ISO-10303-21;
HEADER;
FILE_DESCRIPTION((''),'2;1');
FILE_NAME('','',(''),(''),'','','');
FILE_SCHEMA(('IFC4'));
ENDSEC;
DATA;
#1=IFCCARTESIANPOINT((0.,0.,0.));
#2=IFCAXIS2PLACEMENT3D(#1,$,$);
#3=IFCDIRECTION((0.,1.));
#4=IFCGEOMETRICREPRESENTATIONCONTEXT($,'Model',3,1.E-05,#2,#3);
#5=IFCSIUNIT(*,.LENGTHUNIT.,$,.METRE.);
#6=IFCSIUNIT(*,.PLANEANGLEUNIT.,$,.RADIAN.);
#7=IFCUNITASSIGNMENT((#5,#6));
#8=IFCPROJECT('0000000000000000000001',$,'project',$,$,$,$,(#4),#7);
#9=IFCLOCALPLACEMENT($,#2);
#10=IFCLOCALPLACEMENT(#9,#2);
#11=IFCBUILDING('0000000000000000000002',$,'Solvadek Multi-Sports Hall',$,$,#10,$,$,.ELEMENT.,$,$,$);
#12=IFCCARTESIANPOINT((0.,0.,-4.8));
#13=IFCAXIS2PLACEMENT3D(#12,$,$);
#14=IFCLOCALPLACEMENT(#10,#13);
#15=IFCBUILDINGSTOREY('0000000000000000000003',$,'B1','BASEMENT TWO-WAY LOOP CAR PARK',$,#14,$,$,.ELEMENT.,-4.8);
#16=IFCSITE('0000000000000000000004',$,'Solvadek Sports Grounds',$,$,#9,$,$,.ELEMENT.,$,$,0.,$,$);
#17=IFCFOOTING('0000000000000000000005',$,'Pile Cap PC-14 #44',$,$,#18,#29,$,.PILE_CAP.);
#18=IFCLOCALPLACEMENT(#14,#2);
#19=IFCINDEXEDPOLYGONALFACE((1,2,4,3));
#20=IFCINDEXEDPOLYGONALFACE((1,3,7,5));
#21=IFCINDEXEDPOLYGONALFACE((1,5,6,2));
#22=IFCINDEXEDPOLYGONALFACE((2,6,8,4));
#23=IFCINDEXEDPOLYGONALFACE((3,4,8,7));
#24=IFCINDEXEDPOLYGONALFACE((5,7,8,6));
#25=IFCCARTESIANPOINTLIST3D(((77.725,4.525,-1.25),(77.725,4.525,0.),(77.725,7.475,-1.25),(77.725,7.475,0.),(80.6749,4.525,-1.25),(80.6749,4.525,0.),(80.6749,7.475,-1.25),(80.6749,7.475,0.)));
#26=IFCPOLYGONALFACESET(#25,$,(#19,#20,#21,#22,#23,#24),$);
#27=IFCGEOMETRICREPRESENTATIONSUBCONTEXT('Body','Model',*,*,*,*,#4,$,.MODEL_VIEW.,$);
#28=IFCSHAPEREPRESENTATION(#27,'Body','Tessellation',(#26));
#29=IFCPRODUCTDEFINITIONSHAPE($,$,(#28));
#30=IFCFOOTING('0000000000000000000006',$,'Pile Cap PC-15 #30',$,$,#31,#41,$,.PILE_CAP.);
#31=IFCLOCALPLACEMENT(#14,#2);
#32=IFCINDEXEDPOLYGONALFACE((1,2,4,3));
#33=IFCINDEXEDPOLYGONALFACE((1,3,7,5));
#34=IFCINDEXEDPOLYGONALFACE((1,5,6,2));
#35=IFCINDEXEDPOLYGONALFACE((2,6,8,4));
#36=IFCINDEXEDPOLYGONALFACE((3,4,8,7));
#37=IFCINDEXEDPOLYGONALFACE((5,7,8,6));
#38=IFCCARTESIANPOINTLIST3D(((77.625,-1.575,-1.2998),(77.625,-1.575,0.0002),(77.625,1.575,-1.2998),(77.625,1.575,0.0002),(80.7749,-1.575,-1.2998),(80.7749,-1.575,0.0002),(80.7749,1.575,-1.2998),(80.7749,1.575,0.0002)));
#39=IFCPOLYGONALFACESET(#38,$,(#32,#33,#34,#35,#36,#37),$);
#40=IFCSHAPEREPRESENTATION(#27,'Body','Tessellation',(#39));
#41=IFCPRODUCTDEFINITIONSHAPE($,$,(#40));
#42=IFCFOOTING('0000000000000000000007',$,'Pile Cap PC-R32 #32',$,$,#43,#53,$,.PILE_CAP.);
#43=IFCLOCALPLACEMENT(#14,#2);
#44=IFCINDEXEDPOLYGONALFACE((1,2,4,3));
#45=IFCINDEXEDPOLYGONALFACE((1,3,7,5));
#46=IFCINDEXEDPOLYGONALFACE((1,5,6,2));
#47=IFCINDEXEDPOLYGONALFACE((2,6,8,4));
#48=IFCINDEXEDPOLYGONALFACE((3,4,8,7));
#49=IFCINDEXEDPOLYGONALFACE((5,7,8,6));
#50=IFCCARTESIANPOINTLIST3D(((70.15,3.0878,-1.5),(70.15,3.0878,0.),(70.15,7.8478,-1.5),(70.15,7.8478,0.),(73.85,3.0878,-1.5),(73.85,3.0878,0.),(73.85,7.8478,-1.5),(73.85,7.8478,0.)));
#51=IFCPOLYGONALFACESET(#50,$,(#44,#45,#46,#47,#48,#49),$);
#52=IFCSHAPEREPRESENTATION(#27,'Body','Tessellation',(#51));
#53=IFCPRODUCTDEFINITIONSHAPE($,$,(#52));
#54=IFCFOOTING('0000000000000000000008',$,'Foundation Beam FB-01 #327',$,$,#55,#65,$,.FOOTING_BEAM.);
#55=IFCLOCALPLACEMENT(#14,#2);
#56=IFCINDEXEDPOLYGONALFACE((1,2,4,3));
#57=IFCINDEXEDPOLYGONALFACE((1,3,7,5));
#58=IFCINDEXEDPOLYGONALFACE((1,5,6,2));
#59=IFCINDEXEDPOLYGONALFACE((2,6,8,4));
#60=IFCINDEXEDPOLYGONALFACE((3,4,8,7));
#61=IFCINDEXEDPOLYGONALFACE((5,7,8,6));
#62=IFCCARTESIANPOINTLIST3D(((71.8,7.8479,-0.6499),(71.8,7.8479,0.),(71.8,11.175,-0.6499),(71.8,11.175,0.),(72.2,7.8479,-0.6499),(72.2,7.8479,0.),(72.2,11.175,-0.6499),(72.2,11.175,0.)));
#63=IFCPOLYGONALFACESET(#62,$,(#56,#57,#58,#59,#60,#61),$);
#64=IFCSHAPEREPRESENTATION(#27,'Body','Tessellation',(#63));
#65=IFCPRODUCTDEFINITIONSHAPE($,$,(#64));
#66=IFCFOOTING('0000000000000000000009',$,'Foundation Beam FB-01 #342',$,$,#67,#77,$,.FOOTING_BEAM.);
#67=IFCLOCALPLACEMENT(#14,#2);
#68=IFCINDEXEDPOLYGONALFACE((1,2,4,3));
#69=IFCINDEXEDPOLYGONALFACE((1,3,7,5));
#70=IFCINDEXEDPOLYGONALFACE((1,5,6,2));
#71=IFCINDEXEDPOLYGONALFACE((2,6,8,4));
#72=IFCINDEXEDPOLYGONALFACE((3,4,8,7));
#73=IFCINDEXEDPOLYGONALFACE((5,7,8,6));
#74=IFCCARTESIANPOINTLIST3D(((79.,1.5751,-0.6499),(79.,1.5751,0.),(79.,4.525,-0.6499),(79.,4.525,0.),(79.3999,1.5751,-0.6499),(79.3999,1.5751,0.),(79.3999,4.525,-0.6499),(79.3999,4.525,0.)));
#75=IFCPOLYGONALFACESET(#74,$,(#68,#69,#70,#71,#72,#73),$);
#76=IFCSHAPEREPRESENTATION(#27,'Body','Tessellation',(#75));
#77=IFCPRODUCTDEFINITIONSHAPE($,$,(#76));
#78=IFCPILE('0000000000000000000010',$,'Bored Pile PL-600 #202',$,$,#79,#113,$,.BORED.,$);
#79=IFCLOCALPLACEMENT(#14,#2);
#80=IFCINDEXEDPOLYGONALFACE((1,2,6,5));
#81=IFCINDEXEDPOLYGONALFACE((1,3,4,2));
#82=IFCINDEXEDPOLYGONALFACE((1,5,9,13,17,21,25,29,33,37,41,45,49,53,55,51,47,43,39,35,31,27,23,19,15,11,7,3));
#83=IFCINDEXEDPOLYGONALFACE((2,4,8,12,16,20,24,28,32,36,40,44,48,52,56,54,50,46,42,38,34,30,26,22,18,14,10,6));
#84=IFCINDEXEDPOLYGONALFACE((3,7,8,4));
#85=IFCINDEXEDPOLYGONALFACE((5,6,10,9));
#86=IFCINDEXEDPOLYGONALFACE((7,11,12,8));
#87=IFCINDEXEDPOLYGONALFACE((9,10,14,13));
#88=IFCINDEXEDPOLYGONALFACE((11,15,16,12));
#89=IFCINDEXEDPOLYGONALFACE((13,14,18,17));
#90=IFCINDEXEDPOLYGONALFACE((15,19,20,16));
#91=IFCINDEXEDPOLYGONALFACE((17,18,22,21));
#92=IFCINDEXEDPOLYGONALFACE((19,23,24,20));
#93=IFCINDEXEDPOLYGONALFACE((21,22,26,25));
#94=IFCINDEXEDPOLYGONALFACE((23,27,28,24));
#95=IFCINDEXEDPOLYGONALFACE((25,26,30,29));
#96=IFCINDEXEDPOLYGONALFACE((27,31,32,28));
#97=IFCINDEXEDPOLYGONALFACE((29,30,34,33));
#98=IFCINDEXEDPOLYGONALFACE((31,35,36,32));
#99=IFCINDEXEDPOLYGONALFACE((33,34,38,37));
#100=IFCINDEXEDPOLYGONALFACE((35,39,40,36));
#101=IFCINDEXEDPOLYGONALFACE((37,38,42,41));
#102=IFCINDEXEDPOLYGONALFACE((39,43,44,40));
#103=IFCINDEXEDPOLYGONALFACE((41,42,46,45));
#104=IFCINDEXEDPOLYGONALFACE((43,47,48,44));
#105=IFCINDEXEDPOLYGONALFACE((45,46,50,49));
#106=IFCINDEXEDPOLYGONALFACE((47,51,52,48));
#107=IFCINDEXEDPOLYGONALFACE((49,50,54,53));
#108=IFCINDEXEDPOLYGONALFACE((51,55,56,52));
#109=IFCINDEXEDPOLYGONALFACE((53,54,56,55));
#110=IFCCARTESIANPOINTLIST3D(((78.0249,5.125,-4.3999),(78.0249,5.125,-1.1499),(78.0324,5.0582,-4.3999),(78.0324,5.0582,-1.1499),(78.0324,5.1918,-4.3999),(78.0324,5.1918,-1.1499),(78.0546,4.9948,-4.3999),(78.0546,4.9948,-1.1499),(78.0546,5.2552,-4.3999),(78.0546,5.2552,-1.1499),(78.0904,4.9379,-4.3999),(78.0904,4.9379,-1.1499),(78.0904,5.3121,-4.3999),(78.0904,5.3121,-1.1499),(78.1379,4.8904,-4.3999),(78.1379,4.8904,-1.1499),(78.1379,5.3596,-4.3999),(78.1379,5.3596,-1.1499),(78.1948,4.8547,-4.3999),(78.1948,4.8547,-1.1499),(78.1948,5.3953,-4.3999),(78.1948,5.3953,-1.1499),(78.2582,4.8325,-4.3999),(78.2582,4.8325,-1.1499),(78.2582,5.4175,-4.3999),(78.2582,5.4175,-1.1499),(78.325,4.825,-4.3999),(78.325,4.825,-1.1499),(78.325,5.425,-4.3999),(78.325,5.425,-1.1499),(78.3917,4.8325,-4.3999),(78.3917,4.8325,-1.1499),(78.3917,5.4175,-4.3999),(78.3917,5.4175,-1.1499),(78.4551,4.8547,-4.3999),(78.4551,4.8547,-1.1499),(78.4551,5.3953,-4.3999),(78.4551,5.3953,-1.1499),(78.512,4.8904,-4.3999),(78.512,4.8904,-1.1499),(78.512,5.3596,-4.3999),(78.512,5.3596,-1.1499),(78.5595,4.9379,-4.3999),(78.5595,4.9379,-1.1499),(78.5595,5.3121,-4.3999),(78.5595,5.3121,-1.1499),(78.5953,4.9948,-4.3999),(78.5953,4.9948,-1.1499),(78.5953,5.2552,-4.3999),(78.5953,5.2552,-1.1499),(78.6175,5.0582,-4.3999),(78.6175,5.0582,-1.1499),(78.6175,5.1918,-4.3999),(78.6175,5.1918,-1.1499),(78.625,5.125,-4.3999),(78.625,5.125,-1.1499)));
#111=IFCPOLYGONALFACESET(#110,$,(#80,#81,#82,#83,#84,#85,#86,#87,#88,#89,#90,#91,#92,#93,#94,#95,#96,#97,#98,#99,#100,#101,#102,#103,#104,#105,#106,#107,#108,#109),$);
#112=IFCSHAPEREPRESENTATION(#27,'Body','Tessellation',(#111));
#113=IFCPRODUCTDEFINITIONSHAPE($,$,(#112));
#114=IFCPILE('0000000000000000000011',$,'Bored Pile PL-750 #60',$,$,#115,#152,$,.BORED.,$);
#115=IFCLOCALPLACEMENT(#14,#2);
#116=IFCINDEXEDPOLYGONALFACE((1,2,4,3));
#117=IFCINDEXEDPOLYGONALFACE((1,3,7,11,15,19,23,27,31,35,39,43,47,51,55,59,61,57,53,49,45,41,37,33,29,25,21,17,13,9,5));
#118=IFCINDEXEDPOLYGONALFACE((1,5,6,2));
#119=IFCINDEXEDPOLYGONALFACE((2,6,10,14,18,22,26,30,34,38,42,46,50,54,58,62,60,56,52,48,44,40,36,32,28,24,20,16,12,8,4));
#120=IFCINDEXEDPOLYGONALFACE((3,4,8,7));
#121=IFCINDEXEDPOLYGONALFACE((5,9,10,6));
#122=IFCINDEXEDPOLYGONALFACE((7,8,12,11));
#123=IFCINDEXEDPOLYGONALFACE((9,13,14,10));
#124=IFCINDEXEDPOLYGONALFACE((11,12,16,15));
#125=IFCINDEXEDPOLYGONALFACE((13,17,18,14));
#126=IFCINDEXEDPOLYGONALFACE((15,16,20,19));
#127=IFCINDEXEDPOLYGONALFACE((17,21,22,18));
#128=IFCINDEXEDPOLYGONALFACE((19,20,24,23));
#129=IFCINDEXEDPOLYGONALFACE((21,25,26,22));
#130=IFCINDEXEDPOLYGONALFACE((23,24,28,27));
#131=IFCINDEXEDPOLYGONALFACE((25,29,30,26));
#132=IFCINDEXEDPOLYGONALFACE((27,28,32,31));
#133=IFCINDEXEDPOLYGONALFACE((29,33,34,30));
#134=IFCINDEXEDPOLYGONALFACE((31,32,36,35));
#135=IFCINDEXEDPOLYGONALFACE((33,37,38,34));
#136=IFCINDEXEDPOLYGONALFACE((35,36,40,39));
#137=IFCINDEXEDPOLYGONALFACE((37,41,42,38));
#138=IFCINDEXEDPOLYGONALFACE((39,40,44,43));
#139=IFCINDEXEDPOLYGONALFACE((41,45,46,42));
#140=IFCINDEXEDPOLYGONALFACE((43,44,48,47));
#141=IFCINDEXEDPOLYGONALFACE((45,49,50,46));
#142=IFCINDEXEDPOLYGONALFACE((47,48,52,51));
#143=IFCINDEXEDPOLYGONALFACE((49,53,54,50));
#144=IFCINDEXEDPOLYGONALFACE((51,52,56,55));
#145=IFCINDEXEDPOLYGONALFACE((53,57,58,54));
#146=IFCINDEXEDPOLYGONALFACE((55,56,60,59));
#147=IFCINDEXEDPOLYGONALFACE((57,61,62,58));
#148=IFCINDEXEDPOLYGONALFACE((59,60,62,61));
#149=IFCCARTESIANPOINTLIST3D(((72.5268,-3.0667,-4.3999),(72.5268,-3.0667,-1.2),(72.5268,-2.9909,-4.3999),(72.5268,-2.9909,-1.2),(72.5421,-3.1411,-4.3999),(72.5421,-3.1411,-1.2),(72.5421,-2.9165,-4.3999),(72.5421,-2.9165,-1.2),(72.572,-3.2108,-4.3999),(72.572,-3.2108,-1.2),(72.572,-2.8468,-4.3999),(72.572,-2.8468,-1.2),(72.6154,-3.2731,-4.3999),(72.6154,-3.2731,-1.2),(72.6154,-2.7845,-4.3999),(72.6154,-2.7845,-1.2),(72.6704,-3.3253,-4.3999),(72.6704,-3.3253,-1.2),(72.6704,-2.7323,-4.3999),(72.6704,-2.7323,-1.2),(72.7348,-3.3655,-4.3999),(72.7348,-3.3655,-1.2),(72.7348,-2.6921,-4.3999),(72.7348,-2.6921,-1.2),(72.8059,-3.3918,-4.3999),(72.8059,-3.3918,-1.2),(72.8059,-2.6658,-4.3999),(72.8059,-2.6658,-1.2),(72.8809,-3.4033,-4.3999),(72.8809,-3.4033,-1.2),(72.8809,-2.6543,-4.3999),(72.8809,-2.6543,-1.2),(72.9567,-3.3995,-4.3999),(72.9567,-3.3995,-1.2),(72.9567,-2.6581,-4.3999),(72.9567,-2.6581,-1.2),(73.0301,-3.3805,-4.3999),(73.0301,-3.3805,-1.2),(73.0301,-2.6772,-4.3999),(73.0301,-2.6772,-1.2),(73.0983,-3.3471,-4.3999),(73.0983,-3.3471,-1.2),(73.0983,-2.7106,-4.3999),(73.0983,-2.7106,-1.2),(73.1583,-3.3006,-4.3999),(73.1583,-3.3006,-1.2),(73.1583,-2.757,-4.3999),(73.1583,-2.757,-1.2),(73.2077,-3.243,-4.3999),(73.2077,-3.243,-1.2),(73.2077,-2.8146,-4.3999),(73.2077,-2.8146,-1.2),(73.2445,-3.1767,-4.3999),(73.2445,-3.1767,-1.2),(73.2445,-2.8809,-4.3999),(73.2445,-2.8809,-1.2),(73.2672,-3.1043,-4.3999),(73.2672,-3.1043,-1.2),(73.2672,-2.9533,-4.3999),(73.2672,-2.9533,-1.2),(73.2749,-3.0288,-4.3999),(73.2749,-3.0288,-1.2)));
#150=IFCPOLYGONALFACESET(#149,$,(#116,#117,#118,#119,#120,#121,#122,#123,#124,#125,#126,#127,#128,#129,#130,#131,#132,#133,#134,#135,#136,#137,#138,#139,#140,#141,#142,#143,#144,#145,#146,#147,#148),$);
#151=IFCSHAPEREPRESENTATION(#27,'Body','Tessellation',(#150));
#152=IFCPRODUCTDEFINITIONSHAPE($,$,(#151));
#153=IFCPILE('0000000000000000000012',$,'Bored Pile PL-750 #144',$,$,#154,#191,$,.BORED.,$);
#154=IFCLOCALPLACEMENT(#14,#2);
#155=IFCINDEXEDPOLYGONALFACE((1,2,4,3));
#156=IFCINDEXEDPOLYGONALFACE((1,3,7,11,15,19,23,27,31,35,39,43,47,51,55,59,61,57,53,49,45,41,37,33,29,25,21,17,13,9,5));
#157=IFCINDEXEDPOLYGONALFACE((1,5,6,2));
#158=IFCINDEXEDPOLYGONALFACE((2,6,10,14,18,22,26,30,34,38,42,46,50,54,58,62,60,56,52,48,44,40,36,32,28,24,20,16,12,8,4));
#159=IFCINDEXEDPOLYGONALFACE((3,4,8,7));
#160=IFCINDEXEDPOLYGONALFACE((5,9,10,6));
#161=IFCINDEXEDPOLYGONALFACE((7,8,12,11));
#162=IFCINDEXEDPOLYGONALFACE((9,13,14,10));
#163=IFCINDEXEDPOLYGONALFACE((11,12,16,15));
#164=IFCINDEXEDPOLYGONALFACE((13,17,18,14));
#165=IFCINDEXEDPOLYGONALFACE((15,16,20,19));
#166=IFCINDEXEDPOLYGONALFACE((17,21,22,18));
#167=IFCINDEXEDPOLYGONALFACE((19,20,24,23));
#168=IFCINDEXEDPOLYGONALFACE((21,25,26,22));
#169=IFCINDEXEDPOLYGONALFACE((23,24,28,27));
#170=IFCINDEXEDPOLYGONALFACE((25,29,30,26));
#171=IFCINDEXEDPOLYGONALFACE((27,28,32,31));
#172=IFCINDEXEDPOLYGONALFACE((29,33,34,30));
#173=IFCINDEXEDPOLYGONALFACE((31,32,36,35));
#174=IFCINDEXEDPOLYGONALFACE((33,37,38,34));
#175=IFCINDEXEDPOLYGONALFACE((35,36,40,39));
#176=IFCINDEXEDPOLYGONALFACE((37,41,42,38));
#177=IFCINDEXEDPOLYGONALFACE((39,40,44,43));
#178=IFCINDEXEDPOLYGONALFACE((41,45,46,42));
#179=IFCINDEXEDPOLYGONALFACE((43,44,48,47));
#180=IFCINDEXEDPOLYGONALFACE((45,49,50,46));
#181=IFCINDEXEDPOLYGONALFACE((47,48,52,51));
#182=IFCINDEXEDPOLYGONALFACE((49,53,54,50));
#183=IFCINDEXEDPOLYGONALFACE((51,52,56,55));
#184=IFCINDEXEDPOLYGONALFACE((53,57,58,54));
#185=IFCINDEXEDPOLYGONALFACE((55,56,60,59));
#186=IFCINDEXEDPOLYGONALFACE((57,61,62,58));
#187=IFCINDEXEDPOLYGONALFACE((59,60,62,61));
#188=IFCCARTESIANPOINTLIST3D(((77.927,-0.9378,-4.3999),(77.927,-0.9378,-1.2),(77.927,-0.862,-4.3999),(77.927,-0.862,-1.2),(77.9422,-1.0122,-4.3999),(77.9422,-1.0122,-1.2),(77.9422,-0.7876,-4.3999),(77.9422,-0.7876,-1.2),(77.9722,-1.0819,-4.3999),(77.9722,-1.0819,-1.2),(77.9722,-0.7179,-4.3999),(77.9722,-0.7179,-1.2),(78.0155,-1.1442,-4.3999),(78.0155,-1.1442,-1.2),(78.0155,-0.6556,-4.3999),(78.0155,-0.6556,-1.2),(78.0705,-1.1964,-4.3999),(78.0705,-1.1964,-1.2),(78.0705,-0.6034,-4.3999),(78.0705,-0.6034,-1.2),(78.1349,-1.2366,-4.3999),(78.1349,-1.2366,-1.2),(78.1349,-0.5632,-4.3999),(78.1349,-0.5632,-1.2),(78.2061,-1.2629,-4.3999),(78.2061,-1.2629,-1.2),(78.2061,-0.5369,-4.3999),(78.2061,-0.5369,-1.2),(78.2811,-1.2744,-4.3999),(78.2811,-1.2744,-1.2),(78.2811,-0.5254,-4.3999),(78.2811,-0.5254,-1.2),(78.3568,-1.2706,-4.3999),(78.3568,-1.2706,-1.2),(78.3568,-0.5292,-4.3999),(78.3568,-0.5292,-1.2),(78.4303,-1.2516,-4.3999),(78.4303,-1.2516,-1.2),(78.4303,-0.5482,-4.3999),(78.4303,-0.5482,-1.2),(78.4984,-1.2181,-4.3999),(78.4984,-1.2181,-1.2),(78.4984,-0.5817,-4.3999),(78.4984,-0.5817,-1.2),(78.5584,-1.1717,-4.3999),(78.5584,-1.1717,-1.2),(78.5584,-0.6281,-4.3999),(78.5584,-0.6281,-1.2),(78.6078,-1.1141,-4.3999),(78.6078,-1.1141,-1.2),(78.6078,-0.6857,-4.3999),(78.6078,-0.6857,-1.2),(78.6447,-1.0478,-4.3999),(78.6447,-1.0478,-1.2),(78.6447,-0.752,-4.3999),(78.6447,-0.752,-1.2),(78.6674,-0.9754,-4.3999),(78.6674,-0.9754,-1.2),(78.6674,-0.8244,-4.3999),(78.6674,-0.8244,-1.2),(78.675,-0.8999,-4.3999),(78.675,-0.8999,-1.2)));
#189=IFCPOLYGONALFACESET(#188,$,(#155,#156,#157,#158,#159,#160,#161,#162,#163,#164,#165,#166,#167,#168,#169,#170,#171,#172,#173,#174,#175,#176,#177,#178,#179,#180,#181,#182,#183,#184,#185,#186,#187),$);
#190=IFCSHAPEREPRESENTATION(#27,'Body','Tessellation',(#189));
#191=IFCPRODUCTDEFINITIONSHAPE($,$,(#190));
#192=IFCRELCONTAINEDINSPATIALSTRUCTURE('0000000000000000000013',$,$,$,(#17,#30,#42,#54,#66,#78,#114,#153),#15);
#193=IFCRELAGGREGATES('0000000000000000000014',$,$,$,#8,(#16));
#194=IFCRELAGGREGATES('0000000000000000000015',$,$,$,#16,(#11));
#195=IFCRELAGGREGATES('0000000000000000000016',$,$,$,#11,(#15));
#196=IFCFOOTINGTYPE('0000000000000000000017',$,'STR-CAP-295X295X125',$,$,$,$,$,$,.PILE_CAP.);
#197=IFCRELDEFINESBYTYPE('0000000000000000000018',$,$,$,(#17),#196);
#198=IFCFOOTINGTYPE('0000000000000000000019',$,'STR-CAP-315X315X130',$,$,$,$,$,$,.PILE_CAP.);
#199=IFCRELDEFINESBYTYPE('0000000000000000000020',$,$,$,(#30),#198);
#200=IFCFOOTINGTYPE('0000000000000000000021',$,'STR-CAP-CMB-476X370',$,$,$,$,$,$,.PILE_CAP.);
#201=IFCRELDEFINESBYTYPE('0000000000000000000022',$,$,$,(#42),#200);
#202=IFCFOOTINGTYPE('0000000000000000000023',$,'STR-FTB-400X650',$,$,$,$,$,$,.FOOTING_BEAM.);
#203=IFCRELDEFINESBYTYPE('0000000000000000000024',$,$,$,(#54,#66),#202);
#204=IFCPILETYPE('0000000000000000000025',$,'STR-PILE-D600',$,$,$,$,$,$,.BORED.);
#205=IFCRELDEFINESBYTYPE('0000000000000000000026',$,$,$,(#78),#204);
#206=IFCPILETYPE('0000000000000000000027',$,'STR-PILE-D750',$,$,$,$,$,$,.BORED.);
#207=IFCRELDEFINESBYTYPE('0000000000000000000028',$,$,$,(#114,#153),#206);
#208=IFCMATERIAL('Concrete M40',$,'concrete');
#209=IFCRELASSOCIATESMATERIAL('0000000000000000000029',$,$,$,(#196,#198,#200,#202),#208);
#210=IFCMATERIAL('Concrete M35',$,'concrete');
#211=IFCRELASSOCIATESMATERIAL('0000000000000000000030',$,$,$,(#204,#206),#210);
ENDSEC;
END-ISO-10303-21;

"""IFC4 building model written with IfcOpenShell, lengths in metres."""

from ifc_helpers import new_model, si_unit, direction, frame, origin, origin_2d, place, context, subcontext, project, spatial, rectangle, circle, extrude, material, material_profile, profile_set, type_object, element, save


model = new_model("IFC4")

# Units and contexts
model_context = context("Model", 3, precision=1e-05, world=origin(), true_north=direction((0.0, 1.0)))
body_context = subcontext(model_context, "Body", "Model", "MODEL_VIEW")
ifc_project = project(units=[si_unit("LENGTHUNIT", "METRE"), si_unit("PLANEANGLEUNIT", "RADIAN")], contexts=[model_context])

# Site, building, storey
site_placement = place(None, origin())
site = spatial("IfcSite", under=ifc_project, at=site_placement, Name="Solvadek Sports Grounds", CompositionType="ELEMENT", RefElevation=0.0)
building_placement = place(site_placement, origin())
building = spatial("IfcBuilding", under=site, at=building_placement, Name="Solvadek Multi-Sports Hall", CompositionType="ELEMENT")
storey_placement = place(building_placement, frame((0.0, 0.0, -4.8)))
storey = spatial("IfcBuildingStorey", under=building, at=storey_placement, Name="B1", Description="BASEMENT TWO-WAY LOOP CAR PARK", CompositionType="ELEMENT", Elevation=-4.8)

# Footings
ifc_material_1 = material(Name="Concrete M40", Category="concrete")
footing_type_1 = type_object("IfcFootingType", Name="STR-CAP-295X295X125", PredefinedType="PILE_CAP", material=ifc_material_1)
footing_1_placement = place(storey_placement, frame((79.2, 6.0, -1.25), z_axis=(0.0, 0.0, 1.0), x_axis=(1.0, 0.0, 0.0)))
element("IfcFooting", 1, at=footing_1_placement, inside=storey, type_object=footing_type_1, Name="Pile Cap PC-14 #44", PredefinedType="PILE_CAP", context=body_context, shape_type="SweptSolid", body=[
    extrude(rectangle(XDim=2.95, YDim=2.95, at=origin_2d()), origin(), (0.0, 0.0, 1.0), 1.25),
])
footing_type_2 = type_object("IfcFootingType", Name="STR-CAP-315X315X130", PredefinedType="PILE_CAP", material=ifc_material_1)
footing_2_placement = place(storey_placement, frame((79.2, 0.0, -1.2998), z_axis=(0.0, 0.0, 1.0), x_axis=(1.0, 0.0, 0.0)))
element("IfcFooting", 2, at=footing_2_placement, inside=storey, type_object=footing_type_2, Name="Pile Cap PC-15 #30", PredefinedType="PILE_CAP", context=body_context, shape_type="SweptSolid", body=[
    extrude(rectangle(XDim=3.1499, YDim=3.1499, at=origin_2d()), origin(), (0.0, 0.0, 1.0), 1.3),
])
footing_type_3 = type_object("IfcFootingType", Name="STR-CAP-CMB-476X370", PredefinedType="PILE_CAP", material=ifc_material_1)
footing_3_placement = place(storey_placement, frame((72.0, 5.4678, -1.5), z_axis=(0.0, 0.0, 1.0), x_axis=(0.0, 1.0, 0.0)))
element("IfcFooting", 3, at=footing_3_placement, inside=storey, type_object=footing_type_3, Name="Pile Cap PC-R32 #32", PredefinedType="PILE_CAP", context=body_context, shape_type="SweptSolid", body=[
    extrude(rectangle(XDim=4.76, YDim=3.7, at=origin_2d()), origin(), (0.0, 0.0, 1.0), 1.5),
])
footing_type_4 = type_object("IfcFootingType", Name="STR-FTB-400X650", PredefinedType="FOOTING_BEAM", material=ifc_material_1)
footing_4_placement = place(storey_placement, frame((72.0, 9.5115, -0.6499), z_axis=(0.0, 0.0, 1.0), x_axis=(0.0, 1.0, 0.0)))
element("IfcFooting", 4, at=footing_4_placement, inside=storey, type_object=footing_type_4, Name="Foundation Beam FB-01 #327", PredefinedType="FOOTING_BEAM", context=body_context, shape_type="SweptSolid", body=[
    extrude(rectangle(XDim=3.3271, YDim=0.3999, at=origin_2d()), origin(), (0.0, 0.0, 1.0), 0.6499),
])
footing_5_placement = place(storey_placement, frame((79.2, 3.05, -0.6499), z_axis=(0.0, 0.0, 1.0), x_axis=(0.0, 1.0, 0.0)))
element("IfcFooting", 5, at=footing_5_placement, inside=storey, type_object=footing_type_4, Name="Foundation Beam FB-01 #342", PredefinedType="FOOTING_BEAM", context=body_context, shape_type="SweptSolid", body=[
    extrude(rectangle(XDim=2.95, YDim=0.3999, at=origin_2d()), origin(), (0.0, 0.0, 1.0), 0.6499),
])

# Piles
ifc_material_2 = material(Name="Concrete M35", Category="concrete")
ifc_material_profile_1 = material_profile(ifc_material_2, circle(Radius=0.3, at=origin_2d()), Name="BORED PILE D600")
ifc_profile_set_1 = profile_set([ifc_material_profile_1], Name="Concrete M35")
pile_type_1 = type_object("IfcPileType", Name="STR-PILE-D600", PredefinedType="BORED", material=ifc_profile_set_1)
pile_placement = place(storey_placement, frame((78.325, 5.125, -1.1499), z_axis=(0.0, 0.0, -1.0), x_axis=(1.0, 0.0, 0.0)))
element("IfcPile", 6, at=pile_placement, inside=storey, type_object=pile_type_1, Name="Bored Pile PL-600 #202", PredefinedType="BORED", context=body_context, shape_type="SweptSolid", body=[
    extrude(circle(Radius=0.3, at=origin_2d()), origin(), (0.0, 0.0, 1.0), 3.25),
])
ifc_material_profile_2 = material_profile(ifc_material_2, circle(Radius=0.375, at=origin_2d()), Name="BORED PILE D750")
ifc_profile_set_2 = profile_set([ifc_material_profile_2], Name="Concrete M35")
pile_type_2 = type_object("IfcPileType", Name="STR-PILE-D750", PredefinedType="BORED", material=ifc_profile_set_2)
for number, where, z_axis, x_axis, name in (
    (7, (72.8999, -3.0288, -1.2), (0.0, 0.0, -1.0), (1.0, 0.0, 0.0), "Bored Pile PL-750 #60"),
    (8, (78.3, -0.8999, -1.2), (0.0, 0.0, -1.0), (1.0, 0.0, 0.0), "Bored Pile PL-750 #144"),
):
    element("IfcPile", number, at=place(storey_placement, frame(where, z_axis=z_axis, x_axis=x_axis)), inside=storey, type_object=pile_type_2, Name=name, PredefinedType="BORED", context=body_context, shape_type="SweptSolid", body=[
        extrude(circle(Radius=0.375, at=origin_2d()), origin(), (0.0, 0.0, 1.0), 3.2),
    ])

save(model, "model.ifc")
